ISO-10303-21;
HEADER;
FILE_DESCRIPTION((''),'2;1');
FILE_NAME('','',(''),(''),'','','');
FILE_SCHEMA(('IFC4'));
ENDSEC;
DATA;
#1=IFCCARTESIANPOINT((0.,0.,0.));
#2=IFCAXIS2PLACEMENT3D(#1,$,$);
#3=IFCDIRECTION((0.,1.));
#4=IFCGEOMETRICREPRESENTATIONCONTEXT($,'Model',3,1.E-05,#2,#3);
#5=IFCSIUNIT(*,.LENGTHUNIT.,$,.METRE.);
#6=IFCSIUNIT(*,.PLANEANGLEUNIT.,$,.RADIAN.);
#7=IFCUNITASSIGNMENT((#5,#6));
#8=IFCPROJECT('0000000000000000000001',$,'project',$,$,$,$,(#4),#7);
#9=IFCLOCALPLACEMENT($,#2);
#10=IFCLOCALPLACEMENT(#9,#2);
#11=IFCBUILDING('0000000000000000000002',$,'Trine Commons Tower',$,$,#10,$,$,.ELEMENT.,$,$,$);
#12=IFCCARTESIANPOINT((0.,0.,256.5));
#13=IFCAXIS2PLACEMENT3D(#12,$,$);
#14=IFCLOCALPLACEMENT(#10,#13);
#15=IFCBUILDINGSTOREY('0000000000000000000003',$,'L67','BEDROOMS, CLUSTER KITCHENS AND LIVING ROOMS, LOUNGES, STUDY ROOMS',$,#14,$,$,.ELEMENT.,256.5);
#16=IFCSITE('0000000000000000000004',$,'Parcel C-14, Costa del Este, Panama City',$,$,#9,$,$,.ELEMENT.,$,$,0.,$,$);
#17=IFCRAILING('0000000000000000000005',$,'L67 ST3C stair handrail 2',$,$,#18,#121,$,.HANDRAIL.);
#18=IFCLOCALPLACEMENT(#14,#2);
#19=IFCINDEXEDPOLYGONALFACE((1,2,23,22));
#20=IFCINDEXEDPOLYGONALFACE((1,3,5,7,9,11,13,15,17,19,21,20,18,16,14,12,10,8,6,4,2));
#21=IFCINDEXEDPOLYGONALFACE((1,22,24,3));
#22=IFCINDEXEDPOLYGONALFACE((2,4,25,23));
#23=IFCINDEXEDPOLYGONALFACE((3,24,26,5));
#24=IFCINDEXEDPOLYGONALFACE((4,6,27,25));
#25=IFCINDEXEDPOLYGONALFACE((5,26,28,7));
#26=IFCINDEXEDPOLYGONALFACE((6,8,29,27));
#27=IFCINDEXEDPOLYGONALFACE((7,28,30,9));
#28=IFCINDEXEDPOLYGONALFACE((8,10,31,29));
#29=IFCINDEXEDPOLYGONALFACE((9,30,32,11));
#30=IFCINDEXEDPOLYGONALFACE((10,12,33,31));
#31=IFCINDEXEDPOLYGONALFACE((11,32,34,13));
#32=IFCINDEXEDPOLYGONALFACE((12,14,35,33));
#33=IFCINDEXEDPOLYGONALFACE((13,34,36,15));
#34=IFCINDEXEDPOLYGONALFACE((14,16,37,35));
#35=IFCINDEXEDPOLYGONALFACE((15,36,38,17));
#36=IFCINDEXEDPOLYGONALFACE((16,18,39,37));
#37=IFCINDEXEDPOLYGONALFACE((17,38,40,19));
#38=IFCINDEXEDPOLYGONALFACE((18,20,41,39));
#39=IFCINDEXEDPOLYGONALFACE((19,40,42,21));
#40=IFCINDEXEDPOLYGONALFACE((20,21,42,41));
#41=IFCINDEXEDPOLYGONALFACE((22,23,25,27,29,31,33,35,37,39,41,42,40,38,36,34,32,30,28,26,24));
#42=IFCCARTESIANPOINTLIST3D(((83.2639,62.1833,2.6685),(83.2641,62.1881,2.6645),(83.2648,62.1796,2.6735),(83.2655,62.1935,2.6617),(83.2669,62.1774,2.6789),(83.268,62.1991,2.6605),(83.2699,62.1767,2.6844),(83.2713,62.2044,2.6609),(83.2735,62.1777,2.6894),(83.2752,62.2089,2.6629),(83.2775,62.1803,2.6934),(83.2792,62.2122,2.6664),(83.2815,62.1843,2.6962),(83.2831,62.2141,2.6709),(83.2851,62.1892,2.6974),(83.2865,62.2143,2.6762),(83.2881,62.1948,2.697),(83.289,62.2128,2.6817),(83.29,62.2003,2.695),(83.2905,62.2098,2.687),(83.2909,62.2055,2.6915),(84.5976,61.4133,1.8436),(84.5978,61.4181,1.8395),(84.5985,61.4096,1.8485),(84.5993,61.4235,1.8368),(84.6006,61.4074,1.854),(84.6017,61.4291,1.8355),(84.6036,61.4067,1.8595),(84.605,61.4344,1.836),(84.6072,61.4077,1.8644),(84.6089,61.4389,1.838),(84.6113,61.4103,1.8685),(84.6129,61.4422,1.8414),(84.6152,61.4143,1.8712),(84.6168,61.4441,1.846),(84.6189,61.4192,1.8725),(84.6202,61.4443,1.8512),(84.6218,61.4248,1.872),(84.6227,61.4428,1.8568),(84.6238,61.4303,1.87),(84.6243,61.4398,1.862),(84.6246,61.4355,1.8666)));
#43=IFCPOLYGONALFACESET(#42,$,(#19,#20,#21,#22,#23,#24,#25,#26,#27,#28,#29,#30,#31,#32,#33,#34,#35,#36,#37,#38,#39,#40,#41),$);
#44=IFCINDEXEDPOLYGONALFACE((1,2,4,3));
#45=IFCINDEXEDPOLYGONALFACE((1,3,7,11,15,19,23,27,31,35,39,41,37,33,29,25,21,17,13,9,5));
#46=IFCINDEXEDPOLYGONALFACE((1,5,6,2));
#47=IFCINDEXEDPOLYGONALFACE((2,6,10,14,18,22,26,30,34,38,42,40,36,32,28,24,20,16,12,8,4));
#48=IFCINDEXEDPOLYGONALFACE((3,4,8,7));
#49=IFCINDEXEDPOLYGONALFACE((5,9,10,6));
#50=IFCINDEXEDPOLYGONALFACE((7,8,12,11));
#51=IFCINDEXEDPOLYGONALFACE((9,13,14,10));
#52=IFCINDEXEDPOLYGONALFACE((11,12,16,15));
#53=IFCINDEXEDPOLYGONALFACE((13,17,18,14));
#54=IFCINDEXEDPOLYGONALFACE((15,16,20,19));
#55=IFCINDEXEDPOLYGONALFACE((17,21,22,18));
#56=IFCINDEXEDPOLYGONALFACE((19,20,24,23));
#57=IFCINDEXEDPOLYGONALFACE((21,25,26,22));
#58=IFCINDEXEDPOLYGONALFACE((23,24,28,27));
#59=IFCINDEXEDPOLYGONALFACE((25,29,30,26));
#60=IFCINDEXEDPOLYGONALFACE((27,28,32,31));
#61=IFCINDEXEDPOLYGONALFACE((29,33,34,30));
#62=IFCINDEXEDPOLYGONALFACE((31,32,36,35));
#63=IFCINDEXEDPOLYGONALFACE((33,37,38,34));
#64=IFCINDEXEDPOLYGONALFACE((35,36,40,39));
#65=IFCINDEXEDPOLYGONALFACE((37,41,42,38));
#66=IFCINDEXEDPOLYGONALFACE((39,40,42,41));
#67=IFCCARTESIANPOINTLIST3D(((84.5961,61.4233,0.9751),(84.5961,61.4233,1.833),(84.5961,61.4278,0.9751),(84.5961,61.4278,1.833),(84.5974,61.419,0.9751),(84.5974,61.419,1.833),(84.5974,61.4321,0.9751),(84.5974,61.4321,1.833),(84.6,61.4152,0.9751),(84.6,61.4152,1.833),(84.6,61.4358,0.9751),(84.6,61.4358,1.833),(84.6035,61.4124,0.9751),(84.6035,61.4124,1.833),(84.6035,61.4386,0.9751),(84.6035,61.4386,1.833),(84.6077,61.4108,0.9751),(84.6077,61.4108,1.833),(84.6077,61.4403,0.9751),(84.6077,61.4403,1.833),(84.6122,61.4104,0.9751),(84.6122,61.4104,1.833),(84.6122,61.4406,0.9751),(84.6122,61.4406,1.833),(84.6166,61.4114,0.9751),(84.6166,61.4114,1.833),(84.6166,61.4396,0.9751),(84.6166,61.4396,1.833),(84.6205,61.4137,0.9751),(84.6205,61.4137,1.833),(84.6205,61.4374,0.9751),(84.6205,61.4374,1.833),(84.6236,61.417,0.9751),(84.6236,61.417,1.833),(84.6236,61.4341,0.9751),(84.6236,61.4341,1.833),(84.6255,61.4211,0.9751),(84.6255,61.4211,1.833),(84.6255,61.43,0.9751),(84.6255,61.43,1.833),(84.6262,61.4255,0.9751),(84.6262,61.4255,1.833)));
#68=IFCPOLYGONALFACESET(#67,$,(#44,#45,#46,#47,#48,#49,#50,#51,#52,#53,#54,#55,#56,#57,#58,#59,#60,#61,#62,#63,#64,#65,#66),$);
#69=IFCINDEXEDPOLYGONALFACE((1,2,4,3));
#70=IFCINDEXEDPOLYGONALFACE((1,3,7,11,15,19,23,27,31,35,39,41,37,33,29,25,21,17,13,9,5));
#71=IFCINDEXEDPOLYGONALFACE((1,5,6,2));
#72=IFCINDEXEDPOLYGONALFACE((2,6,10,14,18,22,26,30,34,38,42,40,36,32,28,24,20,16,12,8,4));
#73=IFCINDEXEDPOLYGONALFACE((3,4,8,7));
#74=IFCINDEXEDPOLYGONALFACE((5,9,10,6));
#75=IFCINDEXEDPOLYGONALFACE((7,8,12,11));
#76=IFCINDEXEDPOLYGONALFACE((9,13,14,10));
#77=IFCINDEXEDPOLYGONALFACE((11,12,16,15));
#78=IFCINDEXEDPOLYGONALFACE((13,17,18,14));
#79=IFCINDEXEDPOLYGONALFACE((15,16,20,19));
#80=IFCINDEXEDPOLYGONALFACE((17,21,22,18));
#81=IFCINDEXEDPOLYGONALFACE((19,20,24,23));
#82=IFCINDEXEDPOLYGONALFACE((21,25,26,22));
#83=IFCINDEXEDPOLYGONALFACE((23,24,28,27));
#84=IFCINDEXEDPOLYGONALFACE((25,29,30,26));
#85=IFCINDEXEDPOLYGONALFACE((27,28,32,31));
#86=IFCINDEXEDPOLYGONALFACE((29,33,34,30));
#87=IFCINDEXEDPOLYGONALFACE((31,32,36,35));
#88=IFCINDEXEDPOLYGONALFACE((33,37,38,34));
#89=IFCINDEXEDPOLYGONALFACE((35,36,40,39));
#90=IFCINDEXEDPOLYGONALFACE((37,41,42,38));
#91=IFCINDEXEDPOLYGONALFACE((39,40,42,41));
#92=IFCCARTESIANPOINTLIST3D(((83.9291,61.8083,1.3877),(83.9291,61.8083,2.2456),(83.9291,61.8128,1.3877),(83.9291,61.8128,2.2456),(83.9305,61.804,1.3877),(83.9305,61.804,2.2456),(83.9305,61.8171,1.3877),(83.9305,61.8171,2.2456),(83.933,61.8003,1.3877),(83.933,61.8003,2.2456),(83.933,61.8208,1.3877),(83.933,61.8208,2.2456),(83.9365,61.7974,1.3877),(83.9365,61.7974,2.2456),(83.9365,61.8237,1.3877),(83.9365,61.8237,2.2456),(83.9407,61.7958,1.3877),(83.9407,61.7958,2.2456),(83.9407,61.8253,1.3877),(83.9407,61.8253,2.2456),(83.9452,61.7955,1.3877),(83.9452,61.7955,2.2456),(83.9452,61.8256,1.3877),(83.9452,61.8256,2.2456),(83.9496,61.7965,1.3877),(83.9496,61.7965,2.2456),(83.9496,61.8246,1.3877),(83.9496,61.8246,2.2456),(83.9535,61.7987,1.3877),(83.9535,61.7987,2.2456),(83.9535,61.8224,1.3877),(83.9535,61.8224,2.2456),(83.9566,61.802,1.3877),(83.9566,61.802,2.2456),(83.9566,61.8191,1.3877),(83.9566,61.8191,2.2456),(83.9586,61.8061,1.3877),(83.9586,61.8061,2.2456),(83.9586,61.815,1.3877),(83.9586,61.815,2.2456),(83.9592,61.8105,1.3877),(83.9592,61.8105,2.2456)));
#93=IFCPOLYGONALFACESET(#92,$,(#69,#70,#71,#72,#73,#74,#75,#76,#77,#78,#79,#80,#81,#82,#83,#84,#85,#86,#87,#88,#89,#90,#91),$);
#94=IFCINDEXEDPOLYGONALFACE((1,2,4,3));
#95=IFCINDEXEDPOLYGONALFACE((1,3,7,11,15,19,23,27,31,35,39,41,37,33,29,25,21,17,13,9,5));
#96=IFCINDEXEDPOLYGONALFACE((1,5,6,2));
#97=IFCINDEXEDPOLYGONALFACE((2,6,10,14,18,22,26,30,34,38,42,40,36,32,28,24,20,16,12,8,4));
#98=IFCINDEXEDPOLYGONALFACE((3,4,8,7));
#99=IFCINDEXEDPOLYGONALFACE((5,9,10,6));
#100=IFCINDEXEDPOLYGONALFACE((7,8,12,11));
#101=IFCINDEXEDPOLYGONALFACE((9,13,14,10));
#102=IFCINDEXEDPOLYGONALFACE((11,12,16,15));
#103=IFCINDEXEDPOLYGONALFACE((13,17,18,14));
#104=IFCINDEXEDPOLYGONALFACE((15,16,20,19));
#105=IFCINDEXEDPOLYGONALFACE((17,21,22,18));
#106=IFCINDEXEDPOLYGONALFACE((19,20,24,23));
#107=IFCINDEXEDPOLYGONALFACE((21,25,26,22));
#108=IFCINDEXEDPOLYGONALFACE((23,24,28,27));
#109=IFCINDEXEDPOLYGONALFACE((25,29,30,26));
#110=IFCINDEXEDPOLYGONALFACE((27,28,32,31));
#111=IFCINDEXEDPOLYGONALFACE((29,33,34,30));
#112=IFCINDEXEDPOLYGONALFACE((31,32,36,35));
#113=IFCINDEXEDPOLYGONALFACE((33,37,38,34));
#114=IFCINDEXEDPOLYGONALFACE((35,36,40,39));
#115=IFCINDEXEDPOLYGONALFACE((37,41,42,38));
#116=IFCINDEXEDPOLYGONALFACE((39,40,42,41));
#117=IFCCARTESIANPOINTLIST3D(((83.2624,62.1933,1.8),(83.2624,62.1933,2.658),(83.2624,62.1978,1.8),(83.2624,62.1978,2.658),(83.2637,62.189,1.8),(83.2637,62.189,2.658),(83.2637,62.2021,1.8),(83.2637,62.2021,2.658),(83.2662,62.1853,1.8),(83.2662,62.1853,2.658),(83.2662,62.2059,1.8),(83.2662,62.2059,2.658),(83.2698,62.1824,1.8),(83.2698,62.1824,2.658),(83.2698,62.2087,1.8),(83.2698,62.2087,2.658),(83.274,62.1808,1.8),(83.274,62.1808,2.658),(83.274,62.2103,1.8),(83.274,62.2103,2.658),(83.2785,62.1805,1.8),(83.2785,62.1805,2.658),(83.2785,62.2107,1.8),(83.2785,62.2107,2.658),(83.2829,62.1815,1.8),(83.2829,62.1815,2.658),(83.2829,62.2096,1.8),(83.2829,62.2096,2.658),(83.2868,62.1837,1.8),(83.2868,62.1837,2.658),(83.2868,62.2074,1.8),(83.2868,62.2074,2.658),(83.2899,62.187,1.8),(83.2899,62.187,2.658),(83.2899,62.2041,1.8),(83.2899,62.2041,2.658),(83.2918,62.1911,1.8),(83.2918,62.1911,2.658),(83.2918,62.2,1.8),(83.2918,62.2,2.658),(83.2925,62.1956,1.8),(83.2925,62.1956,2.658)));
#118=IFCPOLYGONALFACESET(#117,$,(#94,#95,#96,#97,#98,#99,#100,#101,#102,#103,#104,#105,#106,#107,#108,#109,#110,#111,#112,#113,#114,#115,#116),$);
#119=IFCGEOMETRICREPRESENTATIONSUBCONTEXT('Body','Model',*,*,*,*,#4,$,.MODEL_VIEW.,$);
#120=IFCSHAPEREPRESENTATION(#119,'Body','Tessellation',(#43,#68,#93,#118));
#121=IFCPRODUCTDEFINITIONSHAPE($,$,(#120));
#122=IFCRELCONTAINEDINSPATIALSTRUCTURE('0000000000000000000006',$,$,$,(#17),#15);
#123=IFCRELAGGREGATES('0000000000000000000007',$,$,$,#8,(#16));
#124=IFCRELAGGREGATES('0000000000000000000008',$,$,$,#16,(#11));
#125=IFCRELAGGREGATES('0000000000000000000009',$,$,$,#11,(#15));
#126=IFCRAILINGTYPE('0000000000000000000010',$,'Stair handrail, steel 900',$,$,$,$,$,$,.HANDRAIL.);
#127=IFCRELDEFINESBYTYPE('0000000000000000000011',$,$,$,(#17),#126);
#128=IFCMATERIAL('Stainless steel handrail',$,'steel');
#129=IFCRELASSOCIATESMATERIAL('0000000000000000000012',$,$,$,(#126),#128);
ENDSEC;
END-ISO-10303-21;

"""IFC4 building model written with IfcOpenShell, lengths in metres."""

from ifc_helpers import new_model, si_unit, direction, frame, origin, origin_2d, place, context, subcontext, project, spatial, circle, extrude, material, type_object, element, save


model = new_model("IFC4")

# Units and contexts
model_context = context("Model", 3, precision=1e-05, world=origin(), true_north=direction((0.0, 1.0)))
body_context = subcontext(model_context, "Body", "Model", "MODEL_VIEW")
ifc_project = project(units=[si_unit("LENGTHUNIT", "METRE"), si_unit("PLANEANGLEUNIT", "RADIAN")], contexts=[model_context])

# Site, building, storey
site_placement = place(None, origin())
site = spatial("IfcSite", under=ifc_project, at=site_placement, Name="Parcel C-14, Costa del Este, Panama City", CompositionType="ELEMENT", RefElevation=0.0)
building_placement = place(site_placement, origin())
building = spatial("IfcBuilding", under=site, at=building_placement, Name="Trine Commons Tower", CompositionType="ELEMENT")
storey_placement = place(building_placement, frame((0.0, 0.0, 256.5)))
storey = spatial("IfcBuildingStorey", under=building, at=storey_placement, Name="L67", Description="BEDROOMS, CLUSTER KITCHENS AND LIVING ROOMS, LOUNGES, STUDY ROOMS", CompositionType="ELEMENT", Elevation=256.5)

# Railing
ifc_material_1 = material(Name="Stainless steel handrail", Category="steel")
railing_type_1 = type_object("IfcRailingType", Name="Stair handrail, steel 900", PredefinedType="HANDRAIL", material=ifc_material_1)
railing_1_placement = place(storey_placement, frame((84.6111, 61.4255, 0.9751)))
element("IfcRailing", 1, at=railing_1_placement, inside=storey, type_object=railing_type_1, Name="L67 ST3C stair handrail 2", PredefinedType="HANDRAIL", context=body_context, shape_type="SweptSolid", body=[
    extrude(circle(Radius=0.021, at=origin_2d()), frame((0.0, 0.0, 0.8789), z_axis=(-0.763405, 0.440743, 0.472185), x_axis=(-0.499992, -0.86603, 0.0)), (0.0, 0.0, 1.0), 1.7471),
    extrude(circle(Radius=0.0151, at=origin_2d()), origin(), (0.0, 0.0, 1.0), 0.8579),
    extrude(circle(Radius=0.0151, at=origin_2d()), frame((-0.667, 0.385, 0.4126)), (0.0, 0.0, 1.0), 0.8579),
    extrude(circle(Radius=0.0151, at=origin_2d()), frame((-1.3337, 0.77, 0.825)), (0.0, 0.0, 1.0), 0.8579),
])

save(model, "model.ifc")
